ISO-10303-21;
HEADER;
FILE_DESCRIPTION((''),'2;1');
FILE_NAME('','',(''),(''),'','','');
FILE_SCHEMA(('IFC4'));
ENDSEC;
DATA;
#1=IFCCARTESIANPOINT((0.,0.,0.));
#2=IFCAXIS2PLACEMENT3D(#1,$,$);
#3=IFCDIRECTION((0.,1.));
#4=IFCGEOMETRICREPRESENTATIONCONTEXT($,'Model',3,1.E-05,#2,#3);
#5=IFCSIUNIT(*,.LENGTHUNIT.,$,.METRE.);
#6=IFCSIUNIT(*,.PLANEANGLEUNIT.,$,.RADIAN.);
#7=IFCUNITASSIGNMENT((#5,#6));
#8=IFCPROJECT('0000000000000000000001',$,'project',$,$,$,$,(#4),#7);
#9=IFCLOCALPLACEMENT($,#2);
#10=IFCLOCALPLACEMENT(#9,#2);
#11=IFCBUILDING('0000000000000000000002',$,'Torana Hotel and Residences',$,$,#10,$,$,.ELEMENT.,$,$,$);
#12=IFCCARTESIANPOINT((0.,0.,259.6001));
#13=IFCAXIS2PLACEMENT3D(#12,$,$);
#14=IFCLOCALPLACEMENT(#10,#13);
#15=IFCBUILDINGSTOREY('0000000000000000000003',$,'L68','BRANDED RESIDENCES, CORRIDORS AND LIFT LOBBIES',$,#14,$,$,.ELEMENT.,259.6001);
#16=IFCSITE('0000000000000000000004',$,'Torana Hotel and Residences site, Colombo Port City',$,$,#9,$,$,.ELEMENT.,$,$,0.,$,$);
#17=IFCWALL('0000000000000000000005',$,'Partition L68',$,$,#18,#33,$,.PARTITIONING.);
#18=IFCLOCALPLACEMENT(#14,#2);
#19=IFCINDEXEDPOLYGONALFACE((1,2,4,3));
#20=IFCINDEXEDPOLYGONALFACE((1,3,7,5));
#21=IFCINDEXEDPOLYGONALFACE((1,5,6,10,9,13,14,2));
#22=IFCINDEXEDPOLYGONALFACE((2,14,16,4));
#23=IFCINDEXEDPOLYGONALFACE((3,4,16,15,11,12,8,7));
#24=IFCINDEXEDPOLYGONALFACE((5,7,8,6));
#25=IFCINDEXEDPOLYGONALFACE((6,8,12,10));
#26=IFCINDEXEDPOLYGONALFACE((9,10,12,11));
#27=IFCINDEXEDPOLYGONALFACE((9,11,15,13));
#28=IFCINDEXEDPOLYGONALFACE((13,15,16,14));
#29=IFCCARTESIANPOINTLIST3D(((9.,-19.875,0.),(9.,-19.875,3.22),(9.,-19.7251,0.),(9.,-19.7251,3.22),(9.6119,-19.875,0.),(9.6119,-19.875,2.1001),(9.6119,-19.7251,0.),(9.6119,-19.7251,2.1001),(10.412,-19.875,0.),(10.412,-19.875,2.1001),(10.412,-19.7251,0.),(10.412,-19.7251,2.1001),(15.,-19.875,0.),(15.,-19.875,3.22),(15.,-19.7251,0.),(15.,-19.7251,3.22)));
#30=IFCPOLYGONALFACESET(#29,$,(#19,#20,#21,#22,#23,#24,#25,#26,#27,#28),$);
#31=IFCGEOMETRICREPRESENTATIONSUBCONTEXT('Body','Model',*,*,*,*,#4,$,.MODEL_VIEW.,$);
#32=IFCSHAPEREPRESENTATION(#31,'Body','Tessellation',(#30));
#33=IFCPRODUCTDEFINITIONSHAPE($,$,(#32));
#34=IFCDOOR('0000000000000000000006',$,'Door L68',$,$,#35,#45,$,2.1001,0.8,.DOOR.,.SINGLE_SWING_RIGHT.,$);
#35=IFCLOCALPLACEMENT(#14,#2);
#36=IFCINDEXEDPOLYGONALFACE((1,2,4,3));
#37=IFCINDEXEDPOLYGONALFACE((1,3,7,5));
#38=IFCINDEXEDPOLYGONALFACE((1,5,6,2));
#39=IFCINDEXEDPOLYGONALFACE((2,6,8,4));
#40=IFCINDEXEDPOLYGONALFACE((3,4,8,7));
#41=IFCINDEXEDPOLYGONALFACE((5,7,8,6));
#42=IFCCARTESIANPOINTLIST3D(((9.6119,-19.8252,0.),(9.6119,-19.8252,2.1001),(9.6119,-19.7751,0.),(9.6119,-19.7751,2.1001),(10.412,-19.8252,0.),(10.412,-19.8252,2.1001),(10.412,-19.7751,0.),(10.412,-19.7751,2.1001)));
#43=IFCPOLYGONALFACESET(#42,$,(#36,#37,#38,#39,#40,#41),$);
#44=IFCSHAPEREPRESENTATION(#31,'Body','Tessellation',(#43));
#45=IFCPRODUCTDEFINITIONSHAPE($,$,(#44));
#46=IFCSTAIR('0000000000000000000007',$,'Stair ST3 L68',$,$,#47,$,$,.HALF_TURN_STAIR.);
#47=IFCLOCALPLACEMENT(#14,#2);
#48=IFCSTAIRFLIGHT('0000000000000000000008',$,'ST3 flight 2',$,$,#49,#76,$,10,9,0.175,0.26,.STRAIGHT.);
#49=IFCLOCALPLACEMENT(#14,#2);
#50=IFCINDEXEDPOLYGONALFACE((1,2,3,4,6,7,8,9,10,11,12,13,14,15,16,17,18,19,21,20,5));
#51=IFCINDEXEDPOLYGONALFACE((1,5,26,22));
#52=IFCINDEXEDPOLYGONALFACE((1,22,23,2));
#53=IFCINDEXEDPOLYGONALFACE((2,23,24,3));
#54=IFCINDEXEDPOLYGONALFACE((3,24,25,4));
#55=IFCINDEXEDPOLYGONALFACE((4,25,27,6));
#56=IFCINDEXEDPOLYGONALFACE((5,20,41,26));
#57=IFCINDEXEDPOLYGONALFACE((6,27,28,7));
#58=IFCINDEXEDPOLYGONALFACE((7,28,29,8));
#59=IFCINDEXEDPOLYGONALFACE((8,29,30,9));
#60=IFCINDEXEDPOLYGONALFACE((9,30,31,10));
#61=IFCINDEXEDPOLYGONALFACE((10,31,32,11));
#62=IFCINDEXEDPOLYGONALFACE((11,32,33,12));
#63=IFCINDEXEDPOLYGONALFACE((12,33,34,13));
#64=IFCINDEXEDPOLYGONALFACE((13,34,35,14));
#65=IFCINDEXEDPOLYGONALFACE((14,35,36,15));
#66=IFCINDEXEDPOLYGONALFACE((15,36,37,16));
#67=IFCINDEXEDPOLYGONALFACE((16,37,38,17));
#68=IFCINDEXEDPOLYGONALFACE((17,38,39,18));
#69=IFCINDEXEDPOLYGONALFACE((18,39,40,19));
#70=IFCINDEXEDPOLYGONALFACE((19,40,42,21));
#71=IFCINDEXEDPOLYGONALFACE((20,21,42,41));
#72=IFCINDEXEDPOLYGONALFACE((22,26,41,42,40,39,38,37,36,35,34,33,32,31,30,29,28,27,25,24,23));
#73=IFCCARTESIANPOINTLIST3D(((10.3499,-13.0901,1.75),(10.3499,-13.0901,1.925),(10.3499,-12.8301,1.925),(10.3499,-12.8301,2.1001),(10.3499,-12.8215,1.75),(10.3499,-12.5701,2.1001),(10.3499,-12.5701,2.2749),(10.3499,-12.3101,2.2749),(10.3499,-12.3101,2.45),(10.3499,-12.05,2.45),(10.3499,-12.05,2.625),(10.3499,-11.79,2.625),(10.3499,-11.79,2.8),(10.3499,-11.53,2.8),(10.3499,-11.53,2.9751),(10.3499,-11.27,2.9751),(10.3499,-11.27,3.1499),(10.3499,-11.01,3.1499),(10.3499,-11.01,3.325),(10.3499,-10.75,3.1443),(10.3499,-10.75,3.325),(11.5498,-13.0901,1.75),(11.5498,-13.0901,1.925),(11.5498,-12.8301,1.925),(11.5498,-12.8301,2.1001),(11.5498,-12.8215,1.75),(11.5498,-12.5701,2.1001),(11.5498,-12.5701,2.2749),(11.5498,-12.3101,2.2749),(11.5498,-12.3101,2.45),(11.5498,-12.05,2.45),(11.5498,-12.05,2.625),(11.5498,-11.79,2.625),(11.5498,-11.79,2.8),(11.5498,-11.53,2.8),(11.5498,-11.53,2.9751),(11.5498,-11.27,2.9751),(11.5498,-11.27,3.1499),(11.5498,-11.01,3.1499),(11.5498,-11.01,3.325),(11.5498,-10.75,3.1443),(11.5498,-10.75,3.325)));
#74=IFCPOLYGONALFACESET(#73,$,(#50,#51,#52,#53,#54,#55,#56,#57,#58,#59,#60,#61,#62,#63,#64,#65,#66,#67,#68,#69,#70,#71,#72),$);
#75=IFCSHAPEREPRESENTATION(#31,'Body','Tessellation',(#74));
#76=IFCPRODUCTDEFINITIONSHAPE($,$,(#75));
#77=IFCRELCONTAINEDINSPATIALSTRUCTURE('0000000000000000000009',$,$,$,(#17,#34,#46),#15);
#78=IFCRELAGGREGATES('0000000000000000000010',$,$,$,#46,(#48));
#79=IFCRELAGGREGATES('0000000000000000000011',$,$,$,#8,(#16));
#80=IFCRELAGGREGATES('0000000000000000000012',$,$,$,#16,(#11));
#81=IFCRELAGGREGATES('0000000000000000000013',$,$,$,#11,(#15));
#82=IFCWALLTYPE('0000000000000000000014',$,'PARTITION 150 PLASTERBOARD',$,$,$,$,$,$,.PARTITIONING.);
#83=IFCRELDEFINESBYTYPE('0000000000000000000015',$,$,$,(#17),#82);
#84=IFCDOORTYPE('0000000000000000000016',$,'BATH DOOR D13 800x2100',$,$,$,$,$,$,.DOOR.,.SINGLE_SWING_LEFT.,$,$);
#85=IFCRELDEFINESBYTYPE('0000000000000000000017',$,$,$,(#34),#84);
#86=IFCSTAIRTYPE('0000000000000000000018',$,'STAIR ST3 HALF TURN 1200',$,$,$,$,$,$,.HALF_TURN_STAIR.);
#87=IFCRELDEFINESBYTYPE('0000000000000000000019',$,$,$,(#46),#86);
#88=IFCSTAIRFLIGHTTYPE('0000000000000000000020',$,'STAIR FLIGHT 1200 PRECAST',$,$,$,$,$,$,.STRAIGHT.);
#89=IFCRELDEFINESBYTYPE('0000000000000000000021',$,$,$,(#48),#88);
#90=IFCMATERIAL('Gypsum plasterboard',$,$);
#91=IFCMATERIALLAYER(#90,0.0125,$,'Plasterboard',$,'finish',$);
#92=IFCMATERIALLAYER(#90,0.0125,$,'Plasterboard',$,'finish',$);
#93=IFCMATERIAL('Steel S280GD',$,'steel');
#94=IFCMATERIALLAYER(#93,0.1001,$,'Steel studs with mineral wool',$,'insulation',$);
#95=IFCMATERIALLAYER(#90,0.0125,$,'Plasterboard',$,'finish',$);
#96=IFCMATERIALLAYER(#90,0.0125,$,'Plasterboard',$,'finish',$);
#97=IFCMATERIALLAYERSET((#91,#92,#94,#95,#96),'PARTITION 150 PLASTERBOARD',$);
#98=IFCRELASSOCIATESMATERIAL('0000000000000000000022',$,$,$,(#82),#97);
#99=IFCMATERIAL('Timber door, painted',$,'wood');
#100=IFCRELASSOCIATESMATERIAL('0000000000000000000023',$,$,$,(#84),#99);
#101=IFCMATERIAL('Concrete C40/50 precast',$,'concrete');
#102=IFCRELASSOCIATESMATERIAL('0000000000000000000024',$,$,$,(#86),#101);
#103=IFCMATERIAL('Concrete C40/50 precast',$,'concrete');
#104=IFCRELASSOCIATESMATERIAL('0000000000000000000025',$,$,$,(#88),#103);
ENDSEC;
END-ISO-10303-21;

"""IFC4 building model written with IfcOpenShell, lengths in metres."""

from ifc_helpers import new_model, si_unit, direction, frame, frame_2d, origin, place, context, subcontext, project, spatial, polyline, rectangle, outline, extrude, material, layer, layer_set, type_object, element, fill, aggregate, save


model = new_model("IFC4")

# Units and contexts
model_context = context("Model", 3, precision=1e-05, world=origin(), true_north=direction((0.0, 1.0)))
body_context = subcontext(model_context, "Body", "Model", "MODEL_VIEW")
ifc_project = project(units=[si_unit("LENGTHUNIT", "METRE"), si_unit("PLANEANGLEUNIT", "RADIAN")], contexts=[model_context])

# Site, building, storey
site_placement = place(None, origin())
site = spatial("IfcSite", under=ifc_project, at=site_placement, Name="Torana Hotel and Residences site, Colombo Port City", CompositionType="ELEMENT", RefElevation=0.0)
building_placement = place(site_placement, origin())
building = spatial("IfcBuilding", under=site, at=building_placement, Name="Torana Hotel and Residences", CompositionType="ELEMENT")
storey_placement = place(building_placement, frame((0.0, 0.0, 259.6001)))
storey = spatial("IfcBuildingStorey", under=building, at=storey_placement, Name="L68", Description="BRANDED RESIDENCES, CORRIDORS AND LIFT LOBBIES", CompositionType="ELEMENT", Elevation=259.6001)

# Shared definitions
ifc_material_1 = material(Name="Gypsum plasterboard")
ifc_layer_1 = layer(ifc_material_1, 0.0125, Name="Plasterboard", Category="finish")
ifc_layer_2 = layer(ifc_material_1, 0.0125, Name="Plasterboard", Category="finish")
ifc_material_2 = material(Name="Steel S280GD", Category="steel")
ifc_layer_3 = layer(ifc_material_2, 0.1001, Name="Steel studs with mineral wool", Category="insulation")
ifc_layer_4 = layer(ifc_material_1, 0.0125, Name="Plasterboard", Category="finish")
ifc_layer_5 = layer(ifc_material_1, 0.0125, Name="Plasterboard", Category="finish")
ifc_layer_set_1 = layer_set([ifc_layer_1, ifc_layer_2, ifc_layer_3, ifc_layer_4, ifc_layer_5], Name="PARTITION 150 PLASTERBOARD")
wall_type_1 = type_object("IfcWallType", Name="PARTITION 150 PLASTERBOARD", PredefinedType="PARTITIONING", material=ifc_layer_set_1)

# Shared definitions
ifc_material_3 = material(Name="Timber door, painted", Category="wood")
door_type_1 = type_object("IfcDoorType", Name="BATH DOOR D13 800x2100", OperationType="SINGLE_SWING_LEFT", PredefinedType="DOOR", material=ifc_material_3)

# Wall, opening, door
wall_1_placement = place(storey_placement, frame((9.0, -19.8, 0.0), z_axis=(0.0, 0.0, 1.0), x_axis=(1.0, 0.0, 0.0)))
wall_1 = element("IfcWall", 1, at=wall_1_placement, inside=storey, type_object=wall_type_1, Name="Partition L68", PredefinedType="PARTITIONING", context=body_context, shape_type="SweptSolid", body=[
    extrude(rectangle(XDim=6.0, YDim=0.1499, at=frame_2d((3.0, 0.0))), origin(), (0.0, 0.0, 1.0), 3.22),
])
opening_1_placement = place(wall_1_placement, frame((0.6121, 0.0, 0.0)))
opening_1 = element("IfcOpeningElement", 2, at=opening_1_placement, cuts=wall_1, PredefinedType="OPENING", context=body_context, shape_type="SweptSolid", body=[
    extrude(rectangle(XDim=0.8, YDim=2.1001, at=frame_2d((0.3999, 1.05))), frame((0.0, 0.085, 0.0), z_axis=(0.0, -1.0, 0.0), x_axis=(1.0, 0.0, 0.0)), (0.0, 0.0, 1.0), 0.1699),
])
door_1_placement = place(opening_1_placement, origin())
door_1 = element("IfcDoor", 3, at=door_1_placement, inside=storey, type_object=door_type_1, Name="Door L68", OperationType="SINGLE_SWING_RIGHT", OverallHeight=2.1001, OverallWidth=0.8, PredefinedType="DOOR", context=body_context, shape_type="SweptSolid", body=[
    extrude(rectangle(XDim=0.8, YDim=2.1001, at=frame_2d((0.3999, 1.05))), frame((0.0, 0.0249, 0.0), z_axis=(0.0, -1.0, 0.0), x_axis=(1.0, 0.0, 0.0)), (0.0, 0.0, 1.0), 0.05),
])
fill(opening_1, door_1)

# Stair, stair flight
ifc_material_4 = material(Name="Concrete C40/50 precast", Category="concrete")
stair_type = type_object("IfcStairType", Name="STAIR ST3 HALF TURN 1200", PredefinedType="HALF_TURN_STAIR", material=ifc_material_4)
stair_placement = place(storey_placement, origin())
stair = element("IfcStair", 4, at=stair_placement, inside=storey, type_object=stair_type, Name="Stair ST3 L68", PredefinedType="HALF_TURN_STAIR")
ifc_material_5 = material(Name="Concrete C40/50 precast", Category="concrete")
stair_flight_type = type_object("IfcStairFlightType", Name="STAIR FLIGHT 1200 PRECAST", PredefinedType="STRAIGHT", material=ifc_material_5)
stair_flight_placement = place(storey_placement, frame((10.95, -13.0901, 1.75), z_axis=(0.0, 0.0, 1.0), x_axis=(0.0, 1.0, 0.0)))
stair_flight = element("IfcStairFlight", 5, at=stair_flight_placement, type_object=stair_flight_type, Name="ST3 flight 2", NumberOfRisers=10, NumberOfTreads=9, PredefinedType="STRAIGHT", RiserHeight=0.175, TreadLength=0.26, context=body_context, shape_type="SweptSolid", body=[
    extrude(outline(polyline([(0.0, 0.0), (0.0, 0.175), (0.26, 0.175), (0.26, 0.3501), (0.52, 0.3501), (0.52, 0.5249), (0.78, 0.5249), (0.78, 0.7), (1.04, 0.7), (1.04, 0.875), (1.3, 0.875), (1.3, 1.05), (1.5601, 1.05), (1.5601, 1.2251), (1.8201, 1.2251), (1.8201, 1.3999), (2.0801, 1.3999), (2.0801, 1.575), (2.3401, 1.575), (2.3401, 1.75), (2.3401, 1.3943), (0.2686, 0.0), (0.0, 0.0)])), frame((0.0, 0.6001, 0.0), z_axis=(0.0, -1.0, 0.0), x_axis=(1.0, 0.0, 0.0)), (0.0, 0.0, 1.0), 1.2),
])
aggregate(stair, [stair_flight])

save(model, "model.ifc")
